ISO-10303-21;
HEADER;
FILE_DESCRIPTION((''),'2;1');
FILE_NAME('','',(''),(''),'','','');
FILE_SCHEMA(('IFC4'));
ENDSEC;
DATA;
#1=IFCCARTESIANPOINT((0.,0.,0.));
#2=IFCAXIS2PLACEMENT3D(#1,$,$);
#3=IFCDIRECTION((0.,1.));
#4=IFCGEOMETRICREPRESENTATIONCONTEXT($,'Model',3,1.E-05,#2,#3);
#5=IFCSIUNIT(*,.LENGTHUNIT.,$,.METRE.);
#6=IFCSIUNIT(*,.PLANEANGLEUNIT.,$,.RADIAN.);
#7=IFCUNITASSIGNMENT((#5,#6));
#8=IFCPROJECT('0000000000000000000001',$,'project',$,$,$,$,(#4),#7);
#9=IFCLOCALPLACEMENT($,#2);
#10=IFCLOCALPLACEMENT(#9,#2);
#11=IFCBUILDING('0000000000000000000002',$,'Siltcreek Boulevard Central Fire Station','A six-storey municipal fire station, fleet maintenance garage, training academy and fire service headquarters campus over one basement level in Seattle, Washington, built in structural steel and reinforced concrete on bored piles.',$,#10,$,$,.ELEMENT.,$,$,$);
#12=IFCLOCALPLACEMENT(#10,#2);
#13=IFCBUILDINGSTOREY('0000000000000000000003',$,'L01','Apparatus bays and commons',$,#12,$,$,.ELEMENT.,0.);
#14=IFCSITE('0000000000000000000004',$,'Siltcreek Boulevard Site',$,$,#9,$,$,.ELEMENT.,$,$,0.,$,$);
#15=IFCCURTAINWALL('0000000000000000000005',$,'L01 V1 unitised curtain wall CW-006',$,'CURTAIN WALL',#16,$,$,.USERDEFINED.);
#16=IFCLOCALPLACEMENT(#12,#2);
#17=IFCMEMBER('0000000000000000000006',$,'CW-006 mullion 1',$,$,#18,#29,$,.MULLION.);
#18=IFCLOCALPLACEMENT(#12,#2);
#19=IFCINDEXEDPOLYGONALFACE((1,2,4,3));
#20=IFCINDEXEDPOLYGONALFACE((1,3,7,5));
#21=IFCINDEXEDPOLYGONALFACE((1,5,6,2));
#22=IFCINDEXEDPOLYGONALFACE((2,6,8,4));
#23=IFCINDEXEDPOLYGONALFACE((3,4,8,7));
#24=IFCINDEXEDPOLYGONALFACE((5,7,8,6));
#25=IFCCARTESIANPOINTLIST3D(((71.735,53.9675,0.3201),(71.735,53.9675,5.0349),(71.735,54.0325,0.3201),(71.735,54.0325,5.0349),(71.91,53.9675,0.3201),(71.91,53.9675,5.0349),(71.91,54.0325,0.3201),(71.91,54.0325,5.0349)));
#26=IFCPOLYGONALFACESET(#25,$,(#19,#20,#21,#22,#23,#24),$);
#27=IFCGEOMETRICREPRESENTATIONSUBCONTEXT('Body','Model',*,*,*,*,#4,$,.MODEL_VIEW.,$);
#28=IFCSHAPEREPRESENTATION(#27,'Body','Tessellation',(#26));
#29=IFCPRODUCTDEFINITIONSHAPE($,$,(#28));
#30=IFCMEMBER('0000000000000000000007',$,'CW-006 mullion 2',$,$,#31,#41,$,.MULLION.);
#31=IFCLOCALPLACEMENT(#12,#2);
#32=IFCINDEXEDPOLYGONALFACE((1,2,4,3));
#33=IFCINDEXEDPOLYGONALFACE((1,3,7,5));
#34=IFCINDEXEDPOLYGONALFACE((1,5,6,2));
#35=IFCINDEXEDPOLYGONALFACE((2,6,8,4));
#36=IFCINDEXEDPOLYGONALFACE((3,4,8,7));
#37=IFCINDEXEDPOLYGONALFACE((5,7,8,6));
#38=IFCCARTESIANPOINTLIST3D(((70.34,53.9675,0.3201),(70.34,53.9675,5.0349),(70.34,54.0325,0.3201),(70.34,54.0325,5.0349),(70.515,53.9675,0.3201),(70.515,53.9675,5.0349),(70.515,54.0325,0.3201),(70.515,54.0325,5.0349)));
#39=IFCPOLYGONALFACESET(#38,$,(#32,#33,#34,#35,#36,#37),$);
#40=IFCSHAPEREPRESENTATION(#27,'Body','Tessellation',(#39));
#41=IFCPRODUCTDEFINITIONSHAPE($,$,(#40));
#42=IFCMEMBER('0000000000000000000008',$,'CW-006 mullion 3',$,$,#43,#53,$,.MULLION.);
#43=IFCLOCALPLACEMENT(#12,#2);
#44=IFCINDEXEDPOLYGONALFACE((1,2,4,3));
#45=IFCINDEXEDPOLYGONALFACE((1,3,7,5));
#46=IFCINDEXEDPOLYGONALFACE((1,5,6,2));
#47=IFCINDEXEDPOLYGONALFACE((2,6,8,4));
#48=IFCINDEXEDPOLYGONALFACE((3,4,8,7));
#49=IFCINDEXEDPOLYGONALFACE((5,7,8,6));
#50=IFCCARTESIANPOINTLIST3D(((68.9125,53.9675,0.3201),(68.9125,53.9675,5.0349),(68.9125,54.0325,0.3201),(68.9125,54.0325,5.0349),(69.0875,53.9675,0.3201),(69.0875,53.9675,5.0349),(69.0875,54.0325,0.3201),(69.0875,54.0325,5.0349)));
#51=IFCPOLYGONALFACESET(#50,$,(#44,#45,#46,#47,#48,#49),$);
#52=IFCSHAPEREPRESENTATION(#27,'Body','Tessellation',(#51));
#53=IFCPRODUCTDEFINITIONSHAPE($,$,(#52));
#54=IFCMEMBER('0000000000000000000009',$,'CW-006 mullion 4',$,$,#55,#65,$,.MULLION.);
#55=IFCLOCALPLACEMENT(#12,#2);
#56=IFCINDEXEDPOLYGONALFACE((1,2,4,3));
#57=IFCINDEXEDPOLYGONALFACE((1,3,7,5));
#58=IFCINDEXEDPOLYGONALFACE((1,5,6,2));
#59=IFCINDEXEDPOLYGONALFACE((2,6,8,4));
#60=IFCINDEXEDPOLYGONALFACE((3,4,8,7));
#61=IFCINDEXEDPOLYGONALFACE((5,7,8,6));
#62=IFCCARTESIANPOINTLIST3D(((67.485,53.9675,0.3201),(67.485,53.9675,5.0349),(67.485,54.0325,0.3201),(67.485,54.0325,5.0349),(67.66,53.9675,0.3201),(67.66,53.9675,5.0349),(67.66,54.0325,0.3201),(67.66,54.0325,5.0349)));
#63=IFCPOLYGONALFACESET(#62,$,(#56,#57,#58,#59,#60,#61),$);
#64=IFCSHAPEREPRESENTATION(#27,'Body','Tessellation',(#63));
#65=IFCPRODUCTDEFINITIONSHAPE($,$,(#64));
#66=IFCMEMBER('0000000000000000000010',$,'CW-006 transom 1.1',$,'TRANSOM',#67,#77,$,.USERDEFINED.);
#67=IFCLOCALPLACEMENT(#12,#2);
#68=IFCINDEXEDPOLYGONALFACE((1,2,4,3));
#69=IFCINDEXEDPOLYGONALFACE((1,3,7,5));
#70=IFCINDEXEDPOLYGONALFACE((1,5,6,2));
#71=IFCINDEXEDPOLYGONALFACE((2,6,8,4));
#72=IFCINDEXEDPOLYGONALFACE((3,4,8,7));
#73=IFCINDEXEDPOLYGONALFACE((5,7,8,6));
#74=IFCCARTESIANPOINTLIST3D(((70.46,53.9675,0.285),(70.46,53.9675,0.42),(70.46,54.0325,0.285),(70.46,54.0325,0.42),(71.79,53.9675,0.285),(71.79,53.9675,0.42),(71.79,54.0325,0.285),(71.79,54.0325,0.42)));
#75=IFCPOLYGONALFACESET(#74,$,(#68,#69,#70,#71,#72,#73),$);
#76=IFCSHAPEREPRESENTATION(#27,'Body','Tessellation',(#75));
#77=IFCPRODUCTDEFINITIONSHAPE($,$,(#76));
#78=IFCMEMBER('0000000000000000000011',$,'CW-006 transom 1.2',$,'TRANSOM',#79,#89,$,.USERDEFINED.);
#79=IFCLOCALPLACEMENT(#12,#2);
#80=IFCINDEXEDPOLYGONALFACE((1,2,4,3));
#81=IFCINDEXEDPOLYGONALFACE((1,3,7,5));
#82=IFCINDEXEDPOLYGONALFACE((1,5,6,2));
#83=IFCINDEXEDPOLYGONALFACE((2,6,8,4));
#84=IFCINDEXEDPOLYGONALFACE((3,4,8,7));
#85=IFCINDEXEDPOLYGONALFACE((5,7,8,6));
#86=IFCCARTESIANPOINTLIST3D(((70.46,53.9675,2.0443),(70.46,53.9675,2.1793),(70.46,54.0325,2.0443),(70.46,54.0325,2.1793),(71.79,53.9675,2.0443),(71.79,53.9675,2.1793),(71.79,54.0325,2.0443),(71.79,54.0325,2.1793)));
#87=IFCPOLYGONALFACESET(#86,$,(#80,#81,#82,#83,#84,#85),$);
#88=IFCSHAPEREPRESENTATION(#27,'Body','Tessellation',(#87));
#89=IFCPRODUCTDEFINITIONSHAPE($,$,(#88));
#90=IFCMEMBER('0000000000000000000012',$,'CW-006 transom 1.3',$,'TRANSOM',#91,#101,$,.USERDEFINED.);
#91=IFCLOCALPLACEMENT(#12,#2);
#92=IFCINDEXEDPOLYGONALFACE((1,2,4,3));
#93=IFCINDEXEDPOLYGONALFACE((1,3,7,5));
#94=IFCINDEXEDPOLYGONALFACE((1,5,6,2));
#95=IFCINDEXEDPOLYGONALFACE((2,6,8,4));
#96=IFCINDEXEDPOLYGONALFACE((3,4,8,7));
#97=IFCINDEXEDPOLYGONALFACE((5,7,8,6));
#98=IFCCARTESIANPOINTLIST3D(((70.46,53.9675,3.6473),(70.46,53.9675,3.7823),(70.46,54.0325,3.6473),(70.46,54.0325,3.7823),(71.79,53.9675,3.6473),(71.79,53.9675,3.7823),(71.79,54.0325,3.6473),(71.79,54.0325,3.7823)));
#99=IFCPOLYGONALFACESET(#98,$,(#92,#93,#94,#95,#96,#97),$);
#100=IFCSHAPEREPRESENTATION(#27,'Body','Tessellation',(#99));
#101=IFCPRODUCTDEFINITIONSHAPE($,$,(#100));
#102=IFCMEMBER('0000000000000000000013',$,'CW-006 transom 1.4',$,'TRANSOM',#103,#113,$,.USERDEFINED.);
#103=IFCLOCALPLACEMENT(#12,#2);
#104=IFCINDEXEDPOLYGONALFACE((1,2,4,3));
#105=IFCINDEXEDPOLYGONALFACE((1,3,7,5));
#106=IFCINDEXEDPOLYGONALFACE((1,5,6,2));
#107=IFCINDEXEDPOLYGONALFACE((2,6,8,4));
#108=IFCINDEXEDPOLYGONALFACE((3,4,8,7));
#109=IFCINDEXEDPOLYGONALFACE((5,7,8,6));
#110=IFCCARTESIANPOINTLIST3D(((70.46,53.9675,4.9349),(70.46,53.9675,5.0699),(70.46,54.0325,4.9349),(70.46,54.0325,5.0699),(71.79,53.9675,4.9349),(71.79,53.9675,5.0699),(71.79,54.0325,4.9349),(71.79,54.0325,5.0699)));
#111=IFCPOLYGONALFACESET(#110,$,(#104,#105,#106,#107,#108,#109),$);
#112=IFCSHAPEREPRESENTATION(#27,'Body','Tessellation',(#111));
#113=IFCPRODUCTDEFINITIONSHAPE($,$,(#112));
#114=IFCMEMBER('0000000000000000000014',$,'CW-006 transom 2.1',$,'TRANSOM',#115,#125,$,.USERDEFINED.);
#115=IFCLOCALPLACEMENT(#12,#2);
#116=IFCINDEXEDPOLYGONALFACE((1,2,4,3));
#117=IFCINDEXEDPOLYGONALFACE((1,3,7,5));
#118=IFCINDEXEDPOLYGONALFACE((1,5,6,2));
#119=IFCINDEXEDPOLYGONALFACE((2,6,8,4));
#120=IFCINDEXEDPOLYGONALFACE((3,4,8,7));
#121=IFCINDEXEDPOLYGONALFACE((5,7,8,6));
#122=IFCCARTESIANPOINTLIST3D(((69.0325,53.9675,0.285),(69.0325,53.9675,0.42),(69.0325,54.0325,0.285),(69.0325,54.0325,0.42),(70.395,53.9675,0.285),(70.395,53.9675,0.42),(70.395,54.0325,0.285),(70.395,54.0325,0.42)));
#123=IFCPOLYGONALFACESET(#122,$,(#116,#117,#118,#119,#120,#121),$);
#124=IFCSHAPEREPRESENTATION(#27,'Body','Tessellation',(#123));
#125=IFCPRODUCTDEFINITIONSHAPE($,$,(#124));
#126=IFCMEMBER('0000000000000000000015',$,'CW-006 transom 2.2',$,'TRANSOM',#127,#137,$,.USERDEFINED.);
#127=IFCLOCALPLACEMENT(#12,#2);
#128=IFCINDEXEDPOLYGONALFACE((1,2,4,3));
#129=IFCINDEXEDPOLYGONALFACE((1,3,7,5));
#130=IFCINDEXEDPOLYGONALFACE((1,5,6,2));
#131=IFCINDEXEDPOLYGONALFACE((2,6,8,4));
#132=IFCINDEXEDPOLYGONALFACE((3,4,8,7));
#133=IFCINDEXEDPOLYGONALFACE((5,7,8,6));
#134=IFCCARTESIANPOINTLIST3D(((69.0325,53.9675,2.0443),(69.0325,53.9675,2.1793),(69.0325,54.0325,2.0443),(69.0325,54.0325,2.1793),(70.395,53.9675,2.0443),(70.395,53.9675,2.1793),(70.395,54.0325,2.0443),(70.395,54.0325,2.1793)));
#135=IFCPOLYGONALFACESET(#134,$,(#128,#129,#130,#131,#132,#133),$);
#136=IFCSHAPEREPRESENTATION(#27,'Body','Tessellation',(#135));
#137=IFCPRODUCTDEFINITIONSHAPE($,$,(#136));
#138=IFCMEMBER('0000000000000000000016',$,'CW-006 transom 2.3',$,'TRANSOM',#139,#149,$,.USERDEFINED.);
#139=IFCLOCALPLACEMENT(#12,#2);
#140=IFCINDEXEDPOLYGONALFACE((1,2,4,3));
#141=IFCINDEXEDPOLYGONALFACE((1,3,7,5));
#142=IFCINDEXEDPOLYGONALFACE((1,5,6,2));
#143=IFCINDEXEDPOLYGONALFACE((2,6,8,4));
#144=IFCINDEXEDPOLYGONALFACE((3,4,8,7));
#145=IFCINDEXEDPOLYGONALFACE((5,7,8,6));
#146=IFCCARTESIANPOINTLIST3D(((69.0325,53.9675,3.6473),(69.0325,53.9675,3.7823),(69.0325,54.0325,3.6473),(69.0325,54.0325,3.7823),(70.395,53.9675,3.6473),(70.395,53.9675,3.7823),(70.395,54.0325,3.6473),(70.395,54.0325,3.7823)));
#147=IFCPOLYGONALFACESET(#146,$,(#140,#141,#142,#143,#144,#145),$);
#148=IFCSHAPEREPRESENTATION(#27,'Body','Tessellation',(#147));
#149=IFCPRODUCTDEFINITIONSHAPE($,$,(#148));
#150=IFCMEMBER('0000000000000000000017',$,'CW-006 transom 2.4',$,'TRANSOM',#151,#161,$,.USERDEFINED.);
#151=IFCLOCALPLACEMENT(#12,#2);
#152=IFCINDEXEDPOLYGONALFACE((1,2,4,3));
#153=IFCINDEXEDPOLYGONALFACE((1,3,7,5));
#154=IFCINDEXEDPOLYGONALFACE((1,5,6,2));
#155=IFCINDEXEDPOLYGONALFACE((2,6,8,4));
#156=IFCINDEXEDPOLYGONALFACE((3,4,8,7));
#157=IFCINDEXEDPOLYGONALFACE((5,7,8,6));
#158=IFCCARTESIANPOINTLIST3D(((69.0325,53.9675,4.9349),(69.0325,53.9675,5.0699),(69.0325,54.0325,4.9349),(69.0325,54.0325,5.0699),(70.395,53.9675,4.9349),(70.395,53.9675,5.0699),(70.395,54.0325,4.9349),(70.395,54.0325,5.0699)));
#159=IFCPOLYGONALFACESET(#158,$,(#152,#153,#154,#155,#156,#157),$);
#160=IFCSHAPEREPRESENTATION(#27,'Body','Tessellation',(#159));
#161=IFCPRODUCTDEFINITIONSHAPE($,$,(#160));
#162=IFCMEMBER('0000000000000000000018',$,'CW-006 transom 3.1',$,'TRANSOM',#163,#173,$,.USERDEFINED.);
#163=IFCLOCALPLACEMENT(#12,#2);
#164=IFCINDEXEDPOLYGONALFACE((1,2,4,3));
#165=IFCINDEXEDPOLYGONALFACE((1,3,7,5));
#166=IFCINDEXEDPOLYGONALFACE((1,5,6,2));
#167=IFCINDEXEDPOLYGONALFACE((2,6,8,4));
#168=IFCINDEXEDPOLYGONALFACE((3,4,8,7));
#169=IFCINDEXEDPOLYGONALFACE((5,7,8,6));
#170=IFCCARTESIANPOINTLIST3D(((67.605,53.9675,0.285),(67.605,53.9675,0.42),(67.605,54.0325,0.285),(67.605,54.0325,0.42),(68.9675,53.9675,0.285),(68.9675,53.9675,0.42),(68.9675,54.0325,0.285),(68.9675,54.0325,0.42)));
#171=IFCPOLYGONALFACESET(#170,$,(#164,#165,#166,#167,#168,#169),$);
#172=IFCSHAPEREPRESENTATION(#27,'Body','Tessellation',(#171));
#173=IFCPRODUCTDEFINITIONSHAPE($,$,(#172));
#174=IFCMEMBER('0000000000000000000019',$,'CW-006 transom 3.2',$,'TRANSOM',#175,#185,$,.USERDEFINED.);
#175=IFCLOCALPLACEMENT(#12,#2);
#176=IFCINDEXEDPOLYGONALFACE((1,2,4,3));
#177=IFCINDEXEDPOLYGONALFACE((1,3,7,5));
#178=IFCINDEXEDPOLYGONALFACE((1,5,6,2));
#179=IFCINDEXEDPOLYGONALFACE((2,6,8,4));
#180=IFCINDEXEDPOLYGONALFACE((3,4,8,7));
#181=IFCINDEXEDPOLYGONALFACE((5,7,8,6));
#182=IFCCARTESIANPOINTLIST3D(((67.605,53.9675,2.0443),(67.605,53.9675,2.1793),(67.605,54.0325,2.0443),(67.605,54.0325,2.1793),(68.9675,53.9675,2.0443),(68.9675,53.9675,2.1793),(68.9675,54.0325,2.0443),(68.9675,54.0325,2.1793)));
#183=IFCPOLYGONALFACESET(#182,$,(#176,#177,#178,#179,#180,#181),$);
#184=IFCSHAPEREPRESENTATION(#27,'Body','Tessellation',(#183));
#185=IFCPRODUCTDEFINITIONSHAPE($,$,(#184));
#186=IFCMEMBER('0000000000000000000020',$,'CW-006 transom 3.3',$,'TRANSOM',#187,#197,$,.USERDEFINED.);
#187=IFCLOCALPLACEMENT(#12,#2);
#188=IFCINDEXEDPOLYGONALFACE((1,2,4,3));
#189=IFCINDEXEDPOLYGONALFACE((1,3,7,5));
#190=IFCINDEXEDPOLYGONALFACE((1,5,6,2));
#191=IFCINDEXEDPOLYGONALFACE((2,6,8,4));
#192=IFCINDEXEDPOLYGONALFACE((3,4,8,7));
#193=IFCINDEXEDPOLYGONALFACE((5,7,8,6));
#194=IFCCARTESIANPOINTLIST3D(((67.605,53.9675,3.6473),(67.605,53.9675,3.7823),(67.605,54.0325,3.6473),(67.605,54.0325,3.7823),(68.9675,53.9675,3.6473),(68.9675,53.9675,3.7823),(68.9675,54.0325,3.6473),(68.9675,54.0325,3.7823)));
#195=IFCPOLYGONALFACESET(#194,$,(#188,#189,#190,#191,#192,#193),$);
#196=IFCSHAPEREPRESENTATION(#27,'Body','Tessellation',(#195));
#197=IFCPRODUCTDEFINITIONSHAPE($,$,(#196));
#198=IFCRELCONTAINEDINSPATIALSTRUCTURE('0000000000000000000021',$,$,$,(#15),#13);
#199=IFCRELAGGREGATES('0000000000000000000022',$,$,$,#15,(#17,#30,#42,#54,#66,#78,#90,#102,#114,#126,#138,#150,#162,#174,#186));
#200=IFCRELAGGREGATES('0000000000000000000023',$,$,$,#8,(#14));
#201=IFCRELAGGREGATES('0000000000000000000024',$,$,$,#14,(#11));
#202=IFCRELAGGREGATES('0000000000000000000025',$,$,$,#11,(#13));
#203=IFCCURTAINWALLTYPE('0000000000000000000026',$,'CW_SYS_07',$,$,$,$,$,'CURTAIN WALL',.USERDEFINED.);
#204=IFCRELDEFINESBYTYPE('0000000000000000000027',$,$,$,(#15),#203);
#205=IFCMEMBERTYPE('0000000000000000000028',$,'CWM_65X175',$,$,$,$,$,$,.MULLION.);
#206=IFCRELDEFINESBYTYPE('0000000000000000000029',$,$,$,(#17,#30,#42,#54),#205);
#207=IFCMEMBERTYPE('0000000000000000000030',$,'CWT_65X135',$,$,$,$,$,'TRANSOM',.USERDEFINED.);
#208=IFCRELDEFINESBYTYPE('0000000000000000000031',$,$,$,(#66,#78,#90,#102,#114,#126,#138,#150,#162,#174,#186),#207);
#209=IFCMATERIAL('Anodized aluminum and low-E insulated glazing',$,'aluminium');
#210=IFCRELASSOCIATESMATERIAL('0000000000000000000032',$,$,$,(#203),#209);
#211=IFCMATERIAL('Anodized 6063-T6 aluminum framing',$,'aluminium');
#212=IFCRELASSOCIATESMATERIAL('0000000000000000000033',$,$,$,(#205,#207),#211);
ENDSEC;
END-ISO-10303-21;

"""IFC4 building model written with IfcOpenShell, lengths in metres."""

from ifc_helpers import new_model, si_unit, direction, frame, origin, origin_2d, place, context, subcontext, project, spatial, rectangle, extrude, material, material_profile, profile_set, type_object, element, aggregate, save


model = new_model("IFC4")

# Units and contexts
model_context = context("Model", 3, precision=1e-05, world=origin(), true_north=direction((0.0, 1.0)))
body_context = subcontext(model_context, "Body", "Model", "MODEL_VIEW")
ifc_project = project(units=[si_unit("LENGTHUNIT", "METRE"), si_unit("PLANEANGLEUNIT", "RADIAN")], contexts=[model_context])

# Site, building, storey
site_placement = place(None, origin())
site = spatial("IfcSite", under=ifc_project, at=site_placement, Name="Siltcreek Boulevard Site", CompositionType="ELEMENT", RefElevation=0.0)
building_placement = place(site_placement, origin())
building = spatial("IfcBuilding", under=site, at=building_placement, Name="Siltcreek Boulevard Central Fire Station", Description="A six-storey municipal fire station, fleet maintenance garage, training academy and fire service headquarters campus over one basement level in Seattle, Washington, built in structural steel and reinforced concrete on bored piles.", CompositionType="ELEMENT")
storey_placement = place(building_placement, origin())
storey = spatial("IfcBuildingStorey", under=building, at=storey_placement, Name="L01", Description="Apparatus bays and commons", CompositionType="ELEMENT", Elevation=0.0)

# Curtain wall, members
ifc_material_1 = material(Name="Anodized aluminum and low-E insulated glazing", Category="aluminium")
curtain_wall_type = type_object("IfcCurtainWallType", Name="CW_SYS_07", ElementType="CURTAIN WALL", PredefinedType="USERDEFINED", material=ifc_material_1)
curtain_wall_placement = place(storey_placement, origin())
curtain_wall = element("IfcCurtainWall", 1, at=curtain_wall_placement, inside=storey, type_object=curtain_wall_type, Name="L01 V1 unitised curtain wall CW-006", ObjectType="CURTAIN WALL", PredefinedType="USERDEFINED")
ifc_material_2 = material(Name="Anodized 6063-T6 aluminum framing", Category="aluminium")
ifc_material_profile_1 = material_profile(ifc_material_2, rectangle(XDim=0.0649, YDim=0.175, at=origin_2d()), Name="MULL65X175")
ifc_profile_set_1 = profile_set([ifc_material_profile_1], Name="Anodized 6063-T6 aluminum framing")
member_type_1 = type_object("IfcMemberType", Name="CWM_65X175", PredefinedType="MULLION", material=ifc_profile_set_1)
member_1_placement = place(storey_placement, frame((71.8225, 54.0, 0.3201), z_axis=(0.0, 0.0, 1.0), x_axis=(0.0, -1.0, 0.0)))
member_1 = element("IfcMember", 2, at=member_1_placement, type_object=member_type_1, Name="CW-006 mullion 1", PredefinedType="MULLION", context=body_context, shape_type="SweptSolid", body=[
    extrude(rectangle(XDim=0.0649, YDim=0.175, at=origin_2d()), origin(), (0.0, 0.0, 1.0), 4.7148),
])
member_2_placement = place(storey_placement, frame((70.4275, 54.0, 0.3201), z_axis=(0.0, 0.0, 1.0), x_axis=(0.0, -1.0, 0.0)))
member_2 = element("IfcMember", 3, at=member_2_placement, type_object=member_type_1, Name="CW-006 mullion 2", PredefinedType="MULLION", context=body_context, shape_type="SweptSolid", body=[
    extrude(rectangle(XDim=0.0649, YDim=0.175, at=origin_2d()), origin(), (0.0, 0.0, 1.0), 4.7148),
])
member_3_placement = place(storey_placement, frame((69.0, 54.0, 0.3201), z_axis=(0.0, 0.0, 1.0), x_axis=(0.0, -1.0, 0.0)))
member_3 = element("IfcMember", 4, at=member_3_placement, type_object=member_type_1, Name="CW-006 mullion 3", PredefinedType="MULLION", context=body_context, shape_type="SweptSolid", body=[
    extrude(rectangle(XDim=0.0649, YDim=0.175, at=origin_2d()), origin(), (0.0, 0.0, 1.0), 4.7148),
])
member_4_placement = place(storey_placement, frame((67.5725, 54.0, 0.3201), z_axis=(0.0, 0.0, 1.0), x_axis=(0.0, -1.0, 0.0)))
member_4 = element("IfcMember", 5, at=member_4_placement, type_object=member_type_1, Name="CW-006 mullion 4", PredefinedType="MULLION", context=body_context, shape_type="SweptSolid", body=[
    extrude(rectangle(XDim=0.0649, YDim=0.175, at=origin_2d()), origin(), (0.0, 0.0, 1.0), 4.7148),
])
ifc_material_profile_2 = material_profile(ifc_material_2, rectangle(XDim=0.0649, YDim=0.135, at=origin_2d()), Name="TRAN65X135")
ifc_profile_set_2 = profile_set([ifc_material_profile_2], Name="Anodized 6063-T6 aluminum framing")
member_type_2 = type_object("IfcMemberType", Name="CWT_65X135", ElementType="TRANSOM", PredefinedType="USERDEFINED", material=ifc_profile_set_2)
member_5_placement = place(storey_placement, frame((71.79, 54.0, 0.3525), z_axis=(-1.0, 0.0, 0.0), x_axis=(0.0, -1.0, 0.0)))
member_5 = element("IfcMember", 6, at=member_5_placement, type_object=member_type_2, Name="CW-006 transom 1.1", ObjectType="TRANSOM", PredefinedType="USERDEFINED", context=body_context, shape_type="SweptSolid", body=[
    extrude(rectangle(XDim=0.0649, YDim=0.135, at=origin_2d()), origin(), (0.0, 0.0, 1.0), 1.3301),
])
member_6_placement = place(storey_placement, frame((71.79, 54.0, 2.1118), z_axis=(-1.0, 0.0, 0.0), x_axis=(0.0, -1.0, 0.0)))
member_6 = element("IfcMember", 7, at=member_6_placement, type_object=member_type_2, Name="CW-006 transom 1.2", ObjectType="TRANSOM", PredefinedType="USERDEFINED", context=body_context, shape_type="SweptSolid", body=[
    extrude(rectangle(XDim=0.0649, YDim=0.135, at=origin_2d()), origin(), (0.0, 0.0, 1.0), 1.3301),
])
member_7_placement = place(storey_placement, frame((71.79, 54.0, 3.7148), z_axis=(-1.0, 0.0, 0.0), x_axis=(0.0, -1.0, 0.0)))
member_7 = element("IfcMember", 8, at=member_7_placement, type_object=member_type_2, Name="CW-006 transom 1.3", ObjectType="TRANSOM", PredefinedType="USERDEFINED", context=body_context, shape_type="SweptSolid", body=[
    extrude(rectangle(XDim=0.0649, YDim=0.135, at=origin_2d()), origin(), (0.0, 0.0, 1.0), 1.3301),
])
member_8_placement = place(storey_placement, frame((71.79, 54.0, 5.0024), z_axis=(-1.0, 0.0, 0.0), x_axis=(0.0, -1.0, 0.0)))
member_8 = element("IfcMember", 9, at=member_8_placement, type_object=member_type_2, Name="CW-006 transom 1.4", ObjectType="TRANSOM", PredefinedType="USERDEFINED", context=body_context, shape_type="SweptSolid", body=[
    extrude(rectangle(XDim=0.0649, YDim=0.135, at=origin_2d()), origin(), (0.0, 0.0, 1.0), 1.3301),
])
member_9_placement = place(storey_placement, frame((70.395, 54.0, 0.3525), z_axis=(-1.0, 0.0, 0.0), x_axis=(0.0, -1.0, 0.0)))
member_9 = element("IfcMember", 10, at=member_9_placement, type_object=member_type_2, Name="CW-006 transom 2.1", ObjectType="TRANSOM", PredefinedType="USERDEFINED", context=body_context, shape_type="SweptSolid", body=[
    extrude(rectangle(XDim=0.0649, YDim=0.135, at=origin_2d()), origin(), (0.0, 0.0, 1.0), 1.3625),
])
member_10_placement = place(storey_placement, frame((70.395, 54.0, 2.1118), z_axis=(-1.0, 0.0, 0.0), x_axis=(0.0, -1.0, 0.0)))
member_10 = element("IfcMember", 11, at=member_10_placement, type_object=member_type_2, Name="CW-006 transom 2.2", ObjectType="TRANSOM", PredefinedType="USERDEFINED", context=body_context, shape_type="SweptSolid", body=[
    extrude(rectangle(XDim=0.0649, YDim=0.135, at=origin_2d()), origin(), (0.0, 0.0, 1.0), 1.3625),
])
member_11_placement = place(storey_placement, frame((70.395, 54.0, 3.7148), z_axis=(-1.0, 0.0, 0.0), x_axis=(0.0, -1.0, 0.0)))
member_11 = element("IfcMember", 12, at=member_11_placement, type_object=member_type_2, Name="CW-006 transom 2.3", ObjectType="TRANSOM", PredefinedType="USERDEFINED", context=body_context, shape_type="SweptSolid", body=[
    extrude(rectangle(XDim=0.0649, YDim=0.135, at=origin_2d()), origin(), (0.0, 0.0, 1.0), 1.3625),
])
member_12_placement = place(storey_placement, frame((70.395, 54.0, 5.0024), z_axis=(-1.0, 0.0, 0.0), x_axis=(0.0, -1.0, 0.0)))
member_12 = element("IfcMember", 13, at=member_12_placement, type_object=member_type_2, Name="CW-006 transom 2.4", ObjectType="TRANSOM", PredefinedType="USERDEFINED", context=body_context, shape_type="SweptSolid", body=[
    extrude(rectangle(XDim=0.0649, YDim=0.135, at=origin_2d()), origin(), (0.0, 0.0, 1.0), 1.3625),
])
member_13_placement = place(storey_placement, frame((68.9675, 54.0, 0.3525), z_axis=(-1.0, 0.0, 0.0), x_axis=(0.0, -1.0, 0.0)))
member_13 = element("IfcMember", 14, at=member_13_placement, type_object=member_type_2, Name="CW-006 transom 3.1", ObjectType="TRANSOM", PredefinedType="USERDEFINED", context=body_context, shape_type="SweptSolid", body=[
    extrude(rectangle(XDim=0.0649, YDim=0.135, at=origin_2d()), origin(), (0.0, 0.0, 1.0), 1.3625),
])
member_14_placement = place(storey_placement, frame((68.9675, 54.0, 2.1118), z_axis=(-1.0, 0.0, 0.0), x_axis=(0.0, -1.0, 0.0)))
member_14 = element("IfcMember", 15, at=member_14_placement, type_object=member_type_2, Name="CW-006 transom 3.2", ObjectType="TRANSOM", PredefinedType="USERDEFINED", context=body_context, shape_type="SweptSolid", body=[
    extrude(rectangle(XDim=0.0649, YDim=0.135, at=origin_2d()), origin(), (0.0, 0.0, 1.0), 1.3625),
])
member_15_placement = place(storey_placement, frame((68.9675, 54.0, 3.7148), z_axis=(-1.0, 0.0, 0.0), x_axis=(0.0, -1.0, 0.0)))
member_15 = element("IfcMember", 16, at=member_15_placement, type_object=member_type_2, Name="CW-006 transom 3.3", ObjectType="TRANSOM", PredefinedType="USERDEFINED", context=body_context, shape_type="SweptSolid", body=[
    extrude(rectangle(XDim=0.0649, YDim=0.135, at=origin_2d()), origin(), (0.0, 0.0, 1.0), 1.3625),
])
aggregate(curtain_wall, [member_1, member_2, member_3, member_4, member_5, member_6, member_7, member_8, member_9, member_10, member_11, member_12, member_13, member_14, member_15])

save(model, "model.ifc")
